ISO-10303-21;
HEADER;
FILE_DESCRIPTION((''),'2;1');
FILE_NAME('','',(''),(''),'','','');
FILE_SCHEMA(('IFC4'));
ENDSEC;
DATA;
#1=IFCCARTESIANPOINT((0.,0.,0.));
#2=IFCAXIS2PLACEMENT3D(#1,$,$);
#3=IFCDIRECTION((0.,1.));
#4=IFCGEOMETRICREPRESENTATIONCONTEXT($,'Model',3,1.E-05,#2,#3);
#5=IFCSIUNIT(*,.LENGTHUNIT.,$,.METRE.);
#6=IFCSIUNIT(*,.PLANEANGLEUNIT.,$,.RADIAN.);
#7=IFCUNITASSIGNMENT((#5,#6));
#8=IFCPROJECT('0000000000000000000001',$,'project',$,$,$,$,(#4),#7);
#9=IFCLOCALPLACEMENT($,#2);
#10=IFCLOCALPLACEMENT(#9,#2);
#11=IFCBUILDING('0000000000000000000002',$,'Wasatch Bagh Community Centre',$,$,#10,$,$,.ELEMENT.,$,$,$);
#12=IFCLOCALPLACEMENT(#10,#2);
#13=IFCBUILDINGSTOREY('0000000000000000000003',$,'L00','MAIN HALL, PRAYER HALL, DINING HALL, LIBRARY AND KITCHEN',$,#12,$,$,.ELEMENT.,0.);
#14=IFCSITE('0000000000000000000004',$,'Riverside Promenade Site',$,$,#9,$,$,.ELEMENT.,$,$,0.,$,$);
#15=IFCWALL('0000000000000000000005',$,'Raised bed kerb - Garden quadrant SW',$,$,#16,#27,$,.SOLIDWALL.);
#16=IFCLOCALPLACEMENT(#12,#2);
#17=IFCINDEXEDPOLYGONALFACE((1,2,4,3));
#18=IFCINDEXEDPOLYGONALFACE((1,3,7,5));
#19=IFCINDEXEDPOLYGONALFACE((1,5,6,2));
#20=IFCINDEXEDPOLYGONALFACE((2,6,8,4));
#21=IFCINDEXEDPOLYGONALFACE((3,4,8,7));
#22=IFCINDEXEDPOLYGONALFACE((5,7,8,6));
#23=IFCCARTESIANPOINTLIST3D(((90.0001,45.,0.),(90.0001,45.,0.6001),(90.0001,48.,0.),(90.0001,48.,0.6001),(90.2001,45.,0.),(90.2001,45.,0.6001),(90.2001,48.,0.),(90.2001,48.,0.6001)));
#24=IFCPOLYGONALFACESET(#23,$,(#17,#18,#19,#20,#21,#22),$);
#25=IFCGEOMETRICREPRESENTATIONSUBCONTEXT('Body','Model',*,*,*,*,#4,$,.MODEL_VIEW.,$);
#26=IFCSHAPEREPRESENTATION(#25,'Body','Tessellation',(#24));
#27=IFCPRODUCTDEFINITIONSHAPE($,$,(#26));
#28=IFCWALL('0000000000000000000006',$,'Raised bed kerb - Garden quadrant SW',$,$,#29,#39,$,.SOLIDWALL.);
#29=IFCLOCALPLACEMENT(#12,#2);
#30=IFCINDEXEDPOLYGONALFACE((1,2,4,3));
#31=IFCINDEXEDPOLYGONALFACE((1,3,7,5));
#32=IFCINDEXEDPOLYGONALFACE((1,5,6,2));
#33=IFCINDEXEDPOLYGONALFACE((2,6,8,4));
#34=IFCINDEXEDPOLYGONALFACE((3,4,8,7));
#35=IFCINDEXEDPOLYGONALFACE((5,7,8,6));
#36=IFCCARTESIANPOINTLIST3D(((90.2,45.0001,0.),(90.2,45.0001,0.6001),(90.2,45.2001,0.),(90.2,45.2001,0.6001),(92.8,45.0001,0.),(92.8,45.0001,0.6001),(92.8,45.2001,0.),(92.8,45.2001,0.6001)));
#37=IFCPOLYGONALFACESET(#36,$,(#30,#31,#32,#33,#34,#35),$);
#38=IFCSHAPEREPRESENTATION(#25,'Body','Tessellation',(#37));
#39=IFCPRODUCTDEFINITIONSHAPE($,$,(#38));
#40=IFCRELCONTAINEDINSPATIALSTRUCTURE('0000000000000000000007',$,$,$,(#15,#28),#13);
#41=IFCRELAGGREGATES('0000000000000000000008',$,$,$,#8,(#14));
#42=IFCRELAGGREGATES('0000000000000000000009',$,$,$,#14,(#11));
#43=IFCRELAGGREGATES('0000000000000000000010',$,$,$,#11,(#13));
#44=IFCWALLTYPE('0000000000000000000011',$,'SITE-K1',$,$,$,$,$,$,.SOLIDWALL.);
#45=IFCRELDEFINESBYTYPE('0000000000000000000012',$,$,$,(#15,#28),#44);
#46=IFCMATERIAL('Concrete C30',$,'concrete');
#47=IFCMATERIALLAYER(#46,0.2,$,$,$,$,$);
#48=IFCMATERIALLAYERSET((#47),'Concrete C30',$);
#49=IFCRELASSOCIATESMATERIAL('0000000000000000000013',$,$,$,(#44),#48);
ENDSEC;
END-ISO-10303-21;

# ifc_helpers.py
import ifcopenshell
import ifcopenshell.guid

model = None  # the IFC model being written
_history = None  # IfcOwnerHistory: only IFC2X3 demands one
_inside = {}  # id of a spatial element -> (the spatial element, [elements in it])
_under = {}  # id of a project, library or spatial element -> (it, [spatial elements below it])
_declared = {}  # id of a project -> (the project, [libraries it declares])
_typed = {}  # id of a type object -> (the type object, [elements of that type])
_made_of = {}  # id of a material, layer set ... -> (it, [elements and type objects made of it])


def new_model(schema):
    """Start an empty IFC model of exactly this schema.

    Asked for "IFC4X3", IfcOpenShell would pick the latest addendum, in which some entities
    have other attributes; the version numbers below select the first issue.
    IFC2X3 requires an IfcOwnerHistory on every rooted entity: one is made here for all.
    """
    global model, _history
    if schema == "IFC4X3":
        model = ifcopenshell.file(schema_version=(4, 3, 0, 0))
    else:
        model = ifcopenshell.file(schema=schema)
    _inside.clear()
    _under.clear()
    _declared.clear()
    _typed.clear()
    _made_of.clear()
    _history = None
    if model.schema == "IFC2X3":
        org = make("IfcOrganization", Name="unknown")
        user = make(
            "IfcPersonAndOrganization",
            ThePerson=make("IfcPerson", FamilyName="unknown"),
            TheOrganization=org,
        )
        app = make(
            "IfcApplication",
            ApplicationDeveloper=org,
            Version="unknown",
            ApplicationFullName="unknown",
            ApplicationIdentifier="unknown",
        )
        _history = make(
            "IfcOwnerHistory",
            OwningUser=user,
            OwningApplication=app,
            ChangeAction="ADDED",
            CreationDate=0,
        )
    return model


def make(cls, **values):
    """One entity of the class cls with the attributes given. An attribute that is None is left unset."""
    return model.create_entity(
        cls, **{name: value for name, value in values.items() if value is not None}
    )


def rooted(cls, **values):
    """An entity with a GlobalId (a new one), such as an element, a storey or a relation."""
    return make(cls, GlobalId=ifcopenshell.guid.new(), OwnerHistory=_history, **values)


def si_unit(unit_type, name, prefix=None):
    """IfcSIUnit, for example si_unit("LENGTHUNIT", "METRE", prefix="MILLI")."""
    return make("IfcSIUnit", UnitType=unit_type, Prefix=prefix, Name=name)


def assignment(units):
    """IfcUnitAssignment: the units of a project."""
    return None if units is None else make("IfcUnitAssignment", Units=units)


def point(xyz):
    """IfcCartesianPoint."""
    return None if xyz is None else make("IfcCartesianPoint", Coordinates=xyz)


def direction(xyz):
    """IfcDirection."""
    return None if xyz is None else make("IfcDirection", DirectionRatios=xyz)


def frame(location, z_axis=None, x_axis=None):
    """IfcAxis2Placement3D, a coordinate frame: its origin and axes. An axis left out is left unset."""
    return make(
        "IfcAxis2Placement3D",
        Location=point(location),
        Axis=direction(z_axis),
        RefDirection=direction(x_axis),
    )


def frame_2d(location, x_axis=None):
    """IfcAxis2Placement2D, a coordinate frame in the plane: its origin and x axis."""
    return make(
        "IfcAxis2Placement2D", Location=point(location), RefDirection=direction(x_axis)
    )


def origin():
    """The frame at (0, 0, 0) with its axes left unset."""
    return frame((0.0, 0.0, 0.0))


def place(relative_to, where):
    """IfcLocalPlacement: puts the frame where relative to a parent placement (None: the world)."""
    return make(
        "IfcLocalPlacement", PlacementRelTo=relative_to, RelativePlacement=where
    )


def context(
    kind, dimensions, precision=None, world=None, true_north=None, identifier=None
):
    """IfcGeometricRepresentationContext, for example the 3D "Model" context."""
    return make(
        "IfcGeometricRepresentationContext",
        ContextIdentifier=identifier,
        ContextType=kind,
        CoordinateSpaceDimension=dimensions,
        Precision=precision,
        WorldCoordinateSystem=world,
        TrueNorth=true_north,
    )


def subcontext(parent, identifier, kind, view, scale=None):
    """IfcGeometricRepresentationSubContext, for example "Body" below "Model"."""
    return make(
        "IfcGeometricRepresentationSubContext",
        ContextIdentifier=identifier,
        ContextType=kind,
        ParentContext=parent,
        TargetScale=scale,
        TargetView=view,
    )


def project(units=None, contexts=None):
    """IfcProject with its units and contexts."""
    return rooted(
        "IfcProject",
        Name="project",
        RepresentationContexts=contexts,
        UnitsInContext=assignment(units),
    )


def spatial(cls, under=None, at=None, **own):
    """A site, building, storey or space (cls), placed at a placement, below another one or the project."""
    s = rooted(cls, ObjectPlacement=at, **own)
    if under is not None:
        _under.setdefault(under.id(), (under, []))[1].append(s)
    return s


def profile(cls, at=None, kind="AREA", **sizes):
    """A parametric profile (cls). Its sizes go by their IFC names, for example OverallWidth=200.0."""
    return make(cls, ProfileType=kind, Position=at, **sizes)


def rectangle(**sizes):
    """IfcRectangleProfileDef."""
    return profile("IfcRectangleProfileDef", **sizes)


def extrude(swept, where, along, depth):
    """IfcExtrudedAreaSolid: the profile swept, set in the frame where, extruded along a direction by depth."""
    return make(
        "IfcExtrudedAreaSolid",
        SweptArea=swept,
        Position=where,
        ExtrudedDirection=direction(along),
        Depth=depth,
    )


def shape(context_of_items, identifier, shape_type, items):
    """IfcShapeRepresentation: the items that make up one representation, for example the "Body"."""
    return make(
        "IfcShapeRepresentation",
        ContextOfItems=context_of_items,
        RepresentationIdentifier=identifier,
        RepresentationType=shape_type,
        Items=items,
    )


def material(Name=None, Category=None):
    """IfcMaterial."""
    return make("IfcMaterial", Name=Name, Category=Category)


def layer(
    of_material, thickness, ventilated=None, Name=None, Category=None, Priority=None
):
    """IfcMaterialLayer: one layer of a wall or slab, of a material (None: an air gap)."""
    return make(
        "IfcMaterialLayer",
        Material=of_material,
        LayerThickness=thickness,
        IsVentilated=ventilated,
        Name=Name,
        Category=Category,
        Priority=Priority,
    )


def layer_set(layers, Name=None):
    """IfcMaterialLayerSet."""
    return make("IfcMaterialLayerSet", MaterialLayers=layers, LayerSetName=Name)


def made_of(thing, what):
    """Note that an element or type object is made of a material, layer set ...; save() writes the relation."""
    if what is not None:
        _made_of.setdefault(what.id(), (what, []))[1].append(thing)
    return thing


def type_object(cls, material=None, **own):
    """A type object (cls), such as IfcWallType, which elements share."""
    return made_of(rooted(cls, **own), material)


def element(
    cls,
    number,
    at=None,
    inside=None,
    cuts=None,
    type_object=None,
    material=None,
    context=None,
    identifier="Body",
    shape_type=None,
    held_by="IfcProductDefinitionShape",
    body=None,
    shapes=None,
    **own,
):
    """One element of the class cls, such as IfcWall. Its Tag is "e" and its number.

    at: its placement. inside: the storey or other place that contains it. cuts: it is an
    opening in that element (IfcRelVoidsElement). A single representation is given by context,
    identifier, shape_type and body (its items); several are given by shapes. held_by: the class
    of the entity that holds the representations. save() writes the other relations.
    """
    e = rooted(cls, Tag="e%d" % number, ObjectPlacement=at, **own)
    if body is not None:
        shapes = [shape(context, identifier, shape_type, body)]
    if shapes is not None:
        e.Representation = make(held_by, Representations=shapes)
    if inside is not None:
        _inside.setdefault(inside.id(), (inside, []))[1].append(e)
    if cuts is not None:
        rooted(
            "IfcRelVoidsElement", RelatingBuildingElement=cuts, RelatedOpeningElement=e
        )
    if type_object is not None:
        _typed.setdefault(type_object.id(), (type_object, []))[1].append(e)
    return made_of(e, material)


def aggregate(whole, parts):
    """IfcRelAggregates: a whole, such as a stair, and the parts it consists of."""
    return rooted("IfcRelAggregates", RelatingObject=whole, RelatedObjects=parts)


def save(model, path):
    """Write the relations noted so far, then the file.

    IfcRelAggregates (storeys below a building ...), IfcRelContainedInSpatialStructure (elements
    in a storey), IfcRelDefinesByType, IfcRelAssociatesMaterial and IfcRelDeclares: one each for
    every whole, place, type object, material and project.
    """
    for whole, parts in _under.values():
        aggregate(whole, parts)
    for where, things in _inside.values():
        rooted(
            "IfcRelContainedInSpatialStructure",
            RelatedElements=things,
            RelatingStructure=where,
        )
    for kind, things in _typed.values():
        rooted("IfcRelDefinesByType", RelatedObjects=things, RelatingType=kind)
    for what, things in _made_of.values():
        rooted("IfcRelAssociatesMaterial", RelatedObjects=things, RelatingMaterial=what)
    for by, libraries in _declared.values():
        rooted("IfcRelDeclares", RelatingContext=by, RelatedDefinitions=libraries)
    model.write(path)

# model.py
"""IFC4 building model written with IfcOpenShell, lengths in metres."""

from ifc_helpers import new_model, si_unit, direction, frame, frame_2d, origin, place, context, subcontext, project, spatial, rectangle, extrude, material, layer, layer_set, type_object, element, save


model = new_model("IFC4")

# Units and contexts
model_context = context("Model", 3, precision=1e-05, world=origin(), true_north=direction((0.0, 1.0)))
body_context = subcontext(model_context, "Body", "Model", "MODEL_VIEW")
ifc_project = project(units=[si_unit("LENGTHUNIT", "METRE"), si_unit("PLANEANGLEUNIT", "RADIAN")], contexts=[model_context])

# Site, building, storey
site_placement = place(None, origin())
site = spatial("IfcSite", under=ifc_project, at=site_placement, Name="Riverside Promenade Site", CompositionType="ELEMENT", RefElevation=0.0)
building_placement = place(site_placement, origin())
building = spatial("IfcBuilding", under=site, at=building_placement, Name="Wasatch Bagh Community Centre", CompositionType="ELEMENT")
storey_placement = place(building_placement, origin())
storey = spatial("IfcBuildingStorey", under=building, at=storey_placement, Name="L00", Description="MAIN HALL, PRAYER HALL, DINING HALL, LIBRARY AND KITCHEN", CompositionType="ELEMENT", Elevation=0.0)

# Shared definitions
ifc_material_1 = material(Name="Concrete C30", Category="concrete")

# Walls
ifc_layer_1 = layer(ifc_material_1, 0.2)
ifc_layer_set_1 = layer_set([ifc_layer_1], Name="Concrete C30")
wall_type = type_object("IfcWallType", Name="SITE-K1", PredefinedType="SOLIDWALL", material=ifc_layer_set_1)
wall_1_placement = place(storey_placement, frame((90.1001, 45.0, 0.0), z_axis=(0.0, 0.0, 1.0), x_axis=(0.0, 1.0, 0.0)))
element("IfcWall", 1, at=wall_1_placement, inside=storey, type_object=wall_type, Name="Raised bed kerb - Garden quadrant SW", PredefinedType="SOLIDWALL", context=body_context, shape_type="SweptSolid", body=[
    extrude(rectangle(XDim=3.0, YDim=0.2, at=frame_2d((1.5, 0.0))), origin(), (0.0, 0.0, 1.0), 0.6001),
])
wall_2_placement = place(storey_placement, frame((90.2, 45.1001, 0.0), z_axis=(0.0, 0.0, 1.0), x_axis=(1.0, 0.0, 0.0)))
element("IfcWall", 2, at=wall_2_placement, inside=storey, type_object=wall_type, Name="Raised bed kerb - Garden quadrant SW", PredefinedType="SOLIDWALL", context=body_context, shape_type="SweptSolid", body=[
    extrude(rectangle(XDim=2.6001, YDim=0.2, at=frame_2d((1.3, 0.0))), origin(), (0.0, 0.0, 1.0), 0.6001),
])

save(model, "model.ifc")
